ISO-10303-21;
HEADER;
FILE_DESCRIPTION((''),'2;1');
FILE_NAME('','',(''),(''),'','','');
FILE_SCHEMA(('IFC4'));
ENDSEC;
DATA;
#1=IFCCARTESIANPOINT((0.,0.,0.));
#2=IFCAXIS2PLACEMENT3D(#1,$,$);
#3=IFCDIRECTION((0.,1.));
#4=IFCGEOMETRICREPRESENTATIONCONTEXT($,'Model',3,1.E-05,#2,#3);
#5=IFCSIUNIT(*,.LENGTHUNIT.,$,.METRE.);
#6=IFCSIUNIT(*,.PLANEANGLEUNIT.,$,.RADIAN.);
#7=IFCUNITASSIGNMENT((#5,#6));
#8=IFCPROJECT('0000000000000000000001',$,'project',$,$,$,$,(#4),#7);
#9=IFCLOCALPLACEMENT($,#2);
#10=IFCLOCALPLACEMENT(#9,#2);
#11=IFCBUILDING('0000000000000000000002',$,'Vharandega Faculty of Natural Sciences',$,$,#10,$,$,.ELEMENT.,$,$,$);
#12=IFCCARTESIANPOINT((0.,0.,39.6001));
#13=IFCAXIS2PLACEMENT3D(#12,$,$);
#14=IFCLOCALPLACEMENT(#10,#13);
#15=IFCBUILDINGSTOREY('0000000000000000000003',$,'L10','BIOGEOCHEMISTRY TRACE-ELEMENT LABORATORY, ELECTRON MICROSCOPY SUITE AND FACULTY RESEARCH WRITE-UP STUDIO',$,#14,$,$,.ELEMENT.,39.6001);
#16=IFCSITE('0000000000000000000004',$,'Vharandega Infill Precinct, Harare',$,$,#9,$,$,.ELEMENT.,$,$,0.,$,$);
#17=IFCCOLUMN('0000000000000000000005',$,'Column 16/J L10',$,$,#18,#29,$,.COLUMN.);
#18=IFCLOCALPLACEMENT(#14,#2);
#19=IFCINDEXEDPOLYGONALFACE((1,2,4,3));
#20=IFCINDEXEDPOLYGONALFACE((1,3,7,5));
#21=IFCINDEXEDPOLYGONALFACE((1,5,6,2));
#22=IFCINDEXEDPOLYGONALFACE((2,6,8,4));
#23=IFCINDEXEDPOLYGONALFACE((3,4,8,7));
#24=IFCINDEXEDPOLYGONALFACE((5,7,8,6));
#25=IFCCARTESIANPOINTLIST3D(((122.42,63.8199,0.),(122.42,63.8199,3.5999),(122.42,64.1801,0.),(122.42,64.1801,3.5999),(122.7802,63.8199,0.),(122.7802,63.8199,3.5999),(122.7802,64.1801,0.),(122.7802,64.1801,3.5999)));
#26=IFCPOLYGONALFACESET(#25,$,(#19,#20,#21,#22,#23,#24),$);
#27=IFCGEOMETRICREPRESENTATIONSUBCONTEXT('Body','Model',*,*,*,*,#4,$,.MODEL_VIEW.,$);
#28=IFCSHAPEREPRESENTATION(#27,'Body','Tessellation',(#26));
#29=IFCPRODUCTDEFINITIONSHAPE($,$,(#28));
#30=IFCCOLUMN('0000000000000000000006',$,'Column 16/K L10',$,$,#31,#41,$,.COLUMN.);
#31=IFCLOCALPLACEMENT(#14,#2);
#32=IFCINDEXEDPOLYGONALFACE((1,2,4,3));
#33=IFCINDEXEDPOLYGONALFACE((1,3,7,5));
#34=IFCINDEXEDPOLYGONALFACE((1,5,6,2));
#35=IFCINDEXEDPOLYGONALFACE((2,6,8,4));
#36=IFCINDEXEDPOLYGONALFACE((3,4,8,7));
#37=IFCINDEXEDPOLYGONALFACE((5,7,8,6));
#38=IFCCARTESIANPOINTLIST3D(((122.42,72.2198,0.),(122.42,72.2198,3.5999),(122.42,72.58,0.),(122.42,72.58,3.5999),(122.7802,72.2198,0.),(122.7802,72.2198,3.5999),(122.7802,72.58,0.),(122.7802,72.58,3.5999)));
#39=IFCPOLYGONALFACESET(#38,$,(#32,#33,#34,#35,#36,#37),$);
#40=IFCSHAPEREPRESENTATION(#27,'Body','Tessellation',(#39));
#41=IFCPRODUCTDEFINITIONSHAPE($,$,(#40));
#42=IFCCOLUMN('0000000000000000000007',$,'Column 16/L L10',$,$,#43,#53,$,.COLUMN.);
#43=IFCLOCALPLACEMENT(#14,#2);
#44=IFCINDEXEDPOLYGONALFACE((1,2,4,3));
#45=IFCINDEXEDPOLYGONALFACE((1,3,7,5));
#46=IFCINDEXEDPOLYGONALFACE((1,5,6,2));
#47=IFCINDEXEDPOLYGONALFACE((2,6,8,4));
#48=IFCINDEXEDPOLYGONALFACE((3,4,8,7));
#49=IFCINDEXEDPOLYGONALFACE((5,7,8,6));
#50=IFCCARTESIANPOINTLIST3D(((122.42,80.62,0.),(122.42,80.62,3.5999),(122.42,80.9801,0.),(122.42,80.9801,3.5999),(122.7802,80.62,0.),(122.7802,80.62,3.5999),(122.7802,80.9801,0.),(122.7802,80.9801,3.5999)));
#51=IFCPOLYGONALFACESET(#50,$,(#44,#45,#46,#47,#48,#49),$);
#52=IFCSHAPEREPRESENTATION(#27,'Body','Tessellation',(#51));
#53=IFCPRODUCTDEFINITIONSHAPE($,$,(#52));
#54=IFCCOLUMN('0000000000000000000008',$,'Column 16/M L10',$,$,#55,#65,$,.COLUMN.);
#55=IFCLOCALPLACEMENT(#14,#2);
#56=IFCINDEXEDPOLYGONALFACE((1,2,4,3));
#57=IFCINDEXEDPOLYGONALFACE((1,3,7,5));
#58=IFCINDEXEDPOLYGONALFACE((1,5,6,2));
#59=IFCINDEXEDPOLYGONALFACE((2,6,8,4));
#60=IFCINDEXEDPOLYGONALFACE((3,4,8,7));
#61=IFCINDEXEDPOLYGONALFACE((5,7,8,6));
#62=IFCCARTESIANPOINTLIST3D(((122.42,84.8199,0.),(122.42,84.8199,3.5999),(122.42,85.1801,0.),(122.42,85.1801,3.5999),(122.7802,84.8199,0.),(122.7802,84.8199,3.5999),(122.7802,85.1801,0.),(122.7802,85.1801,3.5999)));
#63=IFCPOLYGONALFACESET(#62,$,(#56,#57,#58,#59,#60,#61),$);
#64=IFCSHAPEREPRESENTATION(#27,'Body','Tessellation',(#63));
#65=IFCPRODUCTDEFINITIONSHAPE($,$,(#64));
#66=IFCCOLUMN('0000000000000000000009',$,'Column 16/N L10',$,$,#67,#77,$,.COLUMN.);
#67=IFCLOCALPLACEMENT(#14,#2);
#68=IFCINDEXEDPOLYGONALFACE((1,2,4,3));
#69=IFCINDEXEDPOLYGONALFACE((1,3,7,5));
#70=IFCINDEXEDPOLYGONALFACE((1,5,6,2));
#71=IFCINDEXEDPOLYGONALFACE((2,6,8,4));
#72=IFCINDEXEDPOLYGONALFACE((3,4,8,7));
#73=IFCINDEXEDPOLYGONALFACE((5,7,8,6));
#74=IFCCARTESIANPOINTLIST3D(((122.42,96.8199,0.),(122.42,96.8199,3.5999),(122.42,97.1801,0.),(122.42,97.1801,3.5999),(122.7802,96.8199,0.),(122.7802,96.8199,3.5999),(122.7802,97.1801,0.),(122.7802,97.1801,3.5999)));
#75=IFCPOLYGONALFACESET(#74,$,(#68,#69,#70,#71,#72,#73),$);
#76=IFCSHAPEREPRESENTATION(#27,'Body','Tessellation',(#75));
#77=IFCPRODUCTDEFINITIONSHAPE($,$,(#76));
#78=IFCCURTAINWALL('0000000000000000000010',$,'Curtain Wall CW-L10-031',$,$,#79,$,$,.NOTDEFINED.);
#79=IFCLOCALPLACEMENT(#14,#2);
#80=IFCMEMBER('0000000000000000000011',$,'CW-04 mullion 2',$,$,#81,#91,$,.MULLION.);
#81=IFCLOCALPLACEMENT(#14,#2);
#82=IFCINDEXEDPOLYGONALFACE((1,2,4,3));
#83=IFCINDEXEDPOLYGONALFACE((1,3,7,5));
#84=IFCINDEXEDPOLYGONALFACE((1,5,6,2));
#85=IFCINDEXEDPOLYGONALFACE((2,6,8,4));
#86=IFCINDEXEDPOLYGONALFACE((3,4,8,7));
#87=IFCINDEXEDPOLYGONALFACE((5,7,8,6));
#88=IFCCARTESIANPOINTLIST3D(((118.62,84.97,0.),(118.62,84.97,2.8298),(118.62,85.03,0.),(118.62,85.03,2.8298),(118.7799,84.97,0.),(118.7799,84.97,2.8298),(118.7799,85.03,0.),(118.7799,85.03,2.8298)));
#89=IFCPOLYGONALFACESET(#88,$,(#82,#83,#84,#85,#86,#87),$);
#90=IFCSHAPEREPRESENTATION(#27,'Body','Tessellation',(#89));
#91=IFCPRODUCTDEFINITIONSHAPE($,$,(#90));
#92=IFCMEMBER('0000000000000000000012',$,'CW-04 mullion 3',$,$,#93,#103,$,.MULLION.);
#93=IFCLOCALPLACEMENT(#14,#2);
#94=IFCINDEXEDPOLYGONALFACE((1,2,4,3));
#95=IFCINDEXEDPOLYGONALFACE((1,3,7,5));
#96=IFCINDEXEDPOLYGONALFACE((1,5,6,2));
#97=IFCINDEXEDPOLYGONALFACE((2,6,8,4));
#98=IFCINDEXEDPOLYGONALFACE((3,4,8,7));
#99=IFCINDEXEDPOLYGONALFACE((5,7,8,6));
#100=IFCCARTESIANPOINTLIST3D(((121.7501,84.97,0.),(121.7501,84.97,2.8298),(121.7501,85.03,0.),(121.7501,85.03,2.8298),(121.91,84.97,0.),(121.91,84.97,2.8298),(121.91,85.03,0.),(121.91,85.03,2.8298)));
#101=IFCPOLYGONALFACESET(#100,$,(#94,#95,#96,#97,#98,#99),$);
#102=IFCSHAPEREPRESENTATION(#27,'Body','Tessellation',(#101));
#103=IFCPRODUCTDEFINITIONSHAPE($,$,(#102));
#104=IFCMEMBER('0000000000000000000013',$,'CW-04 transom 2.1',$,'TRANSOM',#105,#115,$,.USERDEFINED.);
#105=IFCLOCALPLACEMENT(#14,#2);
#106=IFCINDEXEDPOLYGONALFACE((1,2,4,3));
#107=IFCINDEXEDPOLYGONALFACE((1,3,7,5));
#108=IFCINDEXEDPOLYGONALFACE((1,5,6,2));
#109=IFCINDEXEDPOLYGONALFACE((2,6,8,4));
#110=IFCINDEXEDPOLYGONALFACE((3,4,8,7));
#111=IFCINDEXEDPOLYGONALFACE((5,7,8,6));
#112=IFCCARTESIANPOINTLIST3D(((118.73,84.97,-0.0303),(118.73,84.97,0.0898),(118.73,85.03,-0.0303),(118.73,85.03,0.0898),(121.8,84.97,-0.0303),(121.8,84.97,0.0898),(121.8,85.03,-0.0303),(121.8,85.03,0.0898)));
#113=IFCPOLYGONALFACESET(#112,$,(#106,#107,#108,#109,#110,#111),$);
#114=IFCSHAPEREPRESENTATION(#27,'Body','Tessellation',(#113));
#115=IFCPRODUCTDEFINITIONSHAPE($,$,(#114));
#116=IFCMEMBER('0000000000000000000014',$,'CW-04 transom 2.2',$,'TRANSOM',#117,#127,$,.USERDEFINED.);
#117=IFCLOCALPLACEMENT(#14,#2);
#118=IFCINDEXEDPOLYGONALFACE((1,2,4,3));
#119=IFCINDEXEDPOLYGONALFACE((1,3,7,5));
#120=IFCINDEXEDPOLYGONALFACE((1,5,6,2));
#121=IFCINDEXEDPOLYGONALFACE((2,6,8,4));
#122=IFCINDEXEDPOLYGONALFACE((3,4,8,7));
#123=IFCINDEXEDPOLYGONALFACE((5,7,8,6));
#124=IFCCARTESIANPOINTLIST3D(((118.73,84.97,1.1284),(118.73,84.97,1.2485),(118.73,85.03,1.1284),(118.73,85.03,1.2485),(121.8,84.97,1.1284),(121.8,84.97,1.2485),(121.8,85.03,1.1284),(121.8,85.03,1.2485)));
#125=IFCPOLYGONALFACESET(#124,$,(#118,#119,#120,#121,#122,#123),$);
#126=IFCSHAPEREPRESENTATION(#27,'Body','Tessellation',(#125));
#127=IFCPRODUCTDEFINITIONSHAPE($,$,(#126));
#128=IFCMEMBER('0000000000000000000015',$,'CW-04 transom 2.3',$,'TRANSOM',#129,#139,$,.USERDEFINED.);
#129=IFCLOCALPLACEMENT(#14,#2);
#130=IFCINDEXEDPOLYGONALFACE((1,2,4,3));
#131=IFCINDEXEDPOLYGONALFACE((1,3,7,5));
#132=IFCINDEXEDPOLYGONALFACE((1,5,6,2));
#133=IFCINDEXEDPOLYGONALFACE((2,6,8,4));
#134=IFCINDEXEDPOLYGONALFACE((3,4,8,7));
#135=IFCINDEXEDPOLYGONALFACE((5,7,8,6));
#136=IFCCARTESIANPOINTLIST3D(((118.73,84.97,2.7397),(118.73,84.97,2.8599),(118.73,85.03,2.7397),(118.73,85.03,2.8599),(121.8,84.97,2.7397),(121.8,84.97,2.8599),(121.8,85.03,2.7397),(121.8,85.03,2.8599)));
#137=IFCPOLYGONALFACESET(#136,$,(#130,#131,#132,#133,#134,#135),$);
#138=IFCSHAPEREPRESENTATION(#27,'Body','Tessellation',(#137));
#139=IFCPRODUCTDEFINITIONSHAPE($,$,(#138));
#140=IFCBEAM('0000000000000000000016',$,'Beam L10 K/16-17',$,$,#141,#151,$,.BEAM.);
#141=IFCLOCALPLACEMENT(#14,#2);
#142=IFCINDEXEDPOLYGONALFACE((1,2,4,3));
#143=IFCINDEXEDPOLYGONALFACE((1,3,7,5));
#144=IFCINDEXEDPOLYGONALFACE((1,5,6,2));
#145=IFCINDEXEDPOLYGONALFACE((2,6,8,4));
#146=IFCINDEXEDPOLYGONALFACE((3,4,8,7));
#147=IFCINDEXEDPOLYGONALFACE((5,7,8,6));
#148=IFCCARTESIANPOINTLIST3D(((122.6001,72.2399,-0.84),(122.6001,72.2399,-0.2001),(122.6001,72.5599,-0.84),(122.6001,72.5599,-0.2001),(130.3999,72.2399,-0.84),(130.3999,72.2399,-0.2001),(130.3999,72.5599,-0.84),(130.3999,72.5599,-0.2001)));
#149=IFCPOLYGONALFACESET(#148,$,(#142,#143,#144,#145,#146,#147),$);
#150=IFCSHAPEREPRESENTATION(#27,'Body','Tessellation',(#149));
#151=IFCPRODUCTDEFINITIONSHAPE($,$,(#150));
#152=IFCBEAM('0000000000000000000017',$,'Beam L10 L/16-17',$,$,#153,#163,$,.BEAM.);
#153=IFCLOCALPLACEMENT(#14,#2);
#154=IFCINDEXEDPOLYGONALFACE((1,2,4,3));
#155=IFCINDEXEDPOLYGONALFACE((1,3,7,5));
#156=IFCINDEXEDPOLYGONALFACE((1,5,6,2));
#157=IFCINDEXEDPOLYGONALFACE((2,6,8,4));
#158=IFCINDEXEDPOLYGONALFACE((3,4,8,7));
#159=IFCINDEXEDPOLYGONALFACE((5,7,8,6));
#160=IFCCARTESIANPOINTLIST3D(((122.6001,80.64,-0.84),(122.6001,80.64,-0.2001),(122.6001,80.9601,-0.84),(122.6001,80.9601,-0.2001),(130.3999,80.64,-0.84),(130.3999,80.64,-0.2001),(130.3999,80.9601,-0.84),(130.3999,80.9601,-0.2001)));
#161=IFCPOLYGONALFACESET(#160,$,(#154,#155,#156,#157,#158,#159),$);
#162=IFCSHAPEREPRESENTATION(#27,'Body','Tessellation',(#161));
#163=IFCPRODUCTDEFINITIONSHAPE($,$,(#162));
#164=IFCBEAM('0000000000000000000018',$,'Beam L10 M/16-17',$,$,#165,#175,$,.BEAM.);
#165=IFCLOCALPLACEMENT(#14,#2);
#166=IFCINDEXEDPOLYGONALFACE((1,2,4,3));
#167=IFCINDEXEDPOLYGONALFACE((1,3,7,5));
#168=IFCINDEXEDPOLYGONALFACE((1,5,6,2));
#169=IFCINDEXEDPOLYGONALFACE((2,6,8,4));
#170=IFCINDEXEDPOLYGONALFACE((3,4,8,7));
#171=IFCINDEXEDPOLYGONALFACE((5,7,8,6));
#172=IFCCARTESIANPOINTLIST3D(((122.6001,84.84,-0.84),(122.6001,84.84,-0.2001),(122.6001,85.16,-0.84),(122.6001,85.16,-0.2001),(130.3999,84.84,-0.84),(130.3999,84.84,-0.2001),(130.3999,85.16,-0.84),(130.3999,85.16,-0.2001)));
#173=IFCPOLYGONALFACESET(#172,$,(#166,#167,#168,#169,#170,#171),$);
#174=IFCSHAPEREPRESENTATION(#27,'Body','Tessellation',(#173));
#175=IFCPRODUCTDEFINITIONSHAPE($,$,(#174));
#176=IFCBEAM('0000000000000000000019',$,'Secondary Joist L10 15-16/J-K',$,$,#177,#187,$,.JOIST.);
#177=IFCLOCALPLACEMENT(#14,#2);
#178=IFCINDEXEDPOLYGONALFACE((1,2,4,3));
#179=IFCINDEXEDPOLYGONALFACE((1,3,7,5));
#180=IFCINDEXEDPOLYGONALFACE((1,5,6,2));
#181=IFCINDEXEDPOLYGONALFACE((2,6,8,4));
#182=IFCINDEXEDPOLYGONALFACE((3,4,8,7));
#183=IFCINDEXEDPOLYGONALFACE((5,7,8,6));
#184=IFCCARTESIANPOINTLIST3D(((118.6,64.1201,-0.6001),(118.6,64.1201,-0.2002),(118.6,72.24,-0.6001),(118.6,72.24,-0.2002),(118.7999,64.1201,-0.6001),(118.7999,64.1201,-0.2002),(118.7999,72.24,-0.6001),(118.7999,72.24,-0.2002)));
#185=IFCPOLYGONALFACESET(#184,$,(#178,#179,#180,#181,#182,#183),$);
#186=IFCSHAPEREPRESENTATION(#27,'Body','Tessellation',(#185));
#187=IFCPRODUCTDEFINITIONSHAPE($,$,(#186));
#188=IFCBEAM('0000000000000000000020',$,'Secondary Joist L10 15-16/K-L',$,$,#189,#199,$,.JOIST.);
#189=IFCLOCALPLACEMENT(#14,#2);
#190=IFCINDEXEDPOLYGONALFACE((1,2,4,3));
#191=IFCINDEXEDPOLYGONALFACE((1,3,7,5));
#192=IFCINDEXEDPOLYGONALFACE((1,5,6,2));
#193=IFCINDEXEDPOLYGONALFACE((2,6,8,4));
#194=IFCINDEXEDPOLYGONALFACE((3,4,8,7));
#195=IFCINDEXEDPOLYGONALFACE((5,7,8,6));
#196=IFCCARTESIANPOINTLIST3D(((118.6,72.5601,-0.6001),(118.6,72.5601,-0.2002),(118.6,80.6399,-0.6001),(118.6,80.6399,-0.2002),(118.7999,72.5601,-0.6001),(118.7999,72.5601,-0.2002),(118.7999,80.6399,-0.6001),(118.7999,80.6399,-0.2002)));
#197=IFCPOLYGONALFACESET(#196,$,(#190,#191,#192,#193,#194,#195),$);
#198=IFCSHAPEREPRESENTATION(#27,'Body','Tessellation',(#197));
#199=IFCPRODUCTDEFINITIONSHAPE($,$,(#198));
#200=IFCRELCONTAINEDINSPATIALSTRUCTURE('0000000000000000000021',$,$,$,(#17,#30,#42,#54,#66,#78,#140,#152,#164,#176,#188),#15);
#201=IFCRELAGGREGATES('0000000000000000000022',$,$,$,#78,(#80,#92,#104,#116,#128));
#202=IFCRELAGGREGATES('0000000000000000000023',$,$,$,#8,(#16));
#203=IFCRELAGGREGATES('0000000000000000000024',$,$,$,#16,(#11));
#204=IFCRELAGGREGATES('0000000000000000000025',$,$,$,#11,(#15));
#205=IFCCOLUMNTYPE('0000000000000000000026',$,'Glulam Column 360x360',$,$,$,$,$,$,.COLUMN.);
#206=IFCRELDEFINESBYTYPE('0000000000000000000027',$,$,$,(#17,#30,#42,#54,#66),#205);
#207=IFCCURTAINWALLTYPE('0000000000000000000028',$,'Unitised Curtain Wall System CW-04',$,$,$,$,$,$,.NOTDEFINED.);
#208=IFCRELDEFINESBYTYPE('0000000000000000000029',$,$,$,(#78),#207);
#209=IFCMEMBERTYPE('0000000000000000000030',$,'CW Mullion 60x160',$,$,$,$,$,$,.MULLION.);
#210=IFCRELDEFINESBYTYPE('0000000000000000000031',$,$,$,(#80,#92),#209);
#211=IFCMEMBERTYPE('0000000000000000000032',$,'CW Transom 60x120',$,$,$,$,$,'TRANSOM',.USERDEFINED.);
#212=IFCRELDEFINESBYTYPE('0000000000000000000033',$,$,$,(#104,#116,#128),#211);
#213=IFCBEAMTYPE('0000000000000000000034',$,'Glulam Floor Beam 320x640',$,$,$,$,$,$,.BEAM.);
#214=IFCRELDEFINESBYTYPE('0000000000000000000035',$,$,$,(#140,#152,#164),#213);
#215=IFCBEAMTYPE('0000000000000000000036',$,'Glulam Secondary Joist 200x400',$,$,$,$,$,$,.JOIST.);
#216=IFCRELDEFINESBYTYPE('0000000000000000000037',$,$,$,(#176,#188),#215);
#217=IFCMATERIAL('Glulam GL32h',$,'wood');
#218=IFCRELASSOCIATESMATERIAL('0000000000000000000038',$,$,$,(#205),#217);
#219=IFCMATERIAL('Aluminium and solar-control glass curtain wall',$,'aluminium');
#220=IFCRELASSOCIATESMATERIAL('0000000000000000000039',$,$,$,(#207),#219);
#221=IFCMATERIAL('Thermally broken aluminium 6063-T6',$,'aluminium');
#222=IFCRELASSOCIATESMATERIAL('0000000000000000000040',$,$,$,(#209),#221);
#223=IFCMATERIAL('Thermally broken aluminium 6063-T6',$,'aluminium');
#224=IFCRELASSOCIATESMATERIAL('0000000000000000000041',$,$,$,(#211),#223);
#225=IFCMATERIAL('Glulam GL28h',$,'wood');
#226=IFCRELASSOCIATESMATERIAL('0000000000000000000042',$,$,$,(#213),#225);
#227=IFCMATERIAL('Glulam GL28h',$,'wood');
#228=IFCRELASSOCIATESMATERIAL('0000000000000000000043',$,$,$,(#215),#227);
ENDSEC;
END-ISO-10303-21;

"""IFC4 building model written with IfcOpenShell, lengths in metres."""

from ifc_helpers import new_model, si_unit, direction, frame, origin, origin_2d, place, context, subcontext, project, spatial, rectangle, extrude, material, material_profile, profile_set, type_object, element, aggregate, save


model = new_model("IFC4")

# Units and contexts
model_context = context("Model", 3, precision=1e-05, world=origin(), true_north=direction((0.0, 1.0)))
body_context = subcontext(model_context, "Body", "Model", "MODEL_VIEW")
ifc_project = project(units=[si_unit("LENGTHUNIT", "METRE"), si_unit("PLANEANGLEUNIT", "RADIAN")], contexts=[model_context])

# Site, building, storey
site_placement = place(None, origin())
site = spatial("IfcSite", under=ifc_project, at=site_placement, Name="Vharandega Infill Precinct, Harare", CompositionType="ELEMENT", RefElevation=0.0)
building_placement = place(site_placement, origin())
building = spatial("IfcBuilding", under=site, at=building_placement, Name="Vharandega Faculty of Natural Sciences", CompositionType="ELEMENT")
storey_placement = place(building_placement, frame((0.0, 0.0, 39.6001)))
storey = spatial("IfcBuildingStorey", under=building, at=storey_placement, Name="L10", Description="BIOGEOCHEMISTRY TRACE-ELEMENT LABORATORY, ELECTRON MICROSCOPY SUITE AND FACULTY RESEARCH WRITE-UP STUDIO", CompositionType="ELEMENT", Elevation=39.6001)

# Columns
ifc_material_1 = material(Name="Glulam GL32h", Category="wood")
ifc_material_profile_1 = material_profile(ifc_material_1, rectangle(XDim=0.3601, YDim=0.3601, at=origin_2d()), Name="GL32h 360x360")
ifc_profile_set_1 = profile_set([ifc_material_profile_1], Name="Glulam GL32h")
column_type = type_object("IfcColumnType", Name="Glulam Column 360x360", PredefinedType="COLUMN", material=ifc_profile_set_1)
for number, where, z_axis, x_axis, name in (
    (1, (122.6001, 64.0, 0.0), (0.0, 0.0, 1.0), (1.0, 0.0, 0.0), "Column 16/J L10"),
    (2, (122.6001, 72.3999, 0.0), (0.0, 0.0, 1.0), (1.0, 0.0, 0.0), "Column 16/K L10"),
    (3, (122.6001, 80.8, 0.0), (0.0, 0.0, 1.0), (1.0, 0.0, 0.0), "Column 16/L L10"),
    (4, (122.6001, 85.0, 0.0), (0.0, 0.0, 1.0), (1.0, 0.0, 0.0), "Column 16/M L10"),
    (5, (122.6001, 97.0, 0.0), (0.0, 0.0, 1.0), (1.0, 0.0, 0.0), "Column 16/N L10"),
):
    element("IfcColumn", number, at=place(storey_placement, frame(where, z_axis=z_axis, x_axis=x_axis)), inside=storey, type_object=column_type, Name=name, PredefinedType="COLUMN", context=body_context, shape_type="SweptSolid", body=[
        extrude(rectangle(XDim=0.3601, YDim=0.3601, at=origin_2d()), origin(), (0.0, 0.0, 1.0), 3.5999),
    ])

# Curtain wall, members
ifc_material_2 = material(Name="Aluminium and solar-control glass curtain wall", Category="aluminium")
curtain_wall_type = type_object("IfcCurtainWallType", Name="Unitised Curtain Wall System CW-04", PredefinedType="NOTDEFINED", material=ifc_material_2)
curtain_wall_placement = place(storey_placement, origin())
curtain_wall = element("IfcCurtainWall", 6, at=curtain_wall_placement, inside=storey, type_object=curtain_wall_type, Name="Curtain Wall CW-L10-031", PredefinedType="NOTDEFINED")
ifc_material_3 = material(Name="Thermally broken aluminium 6063-T6", Category="aluminium")
ifc_material_profile_2 = material_profile(ifc_material_3, rectangle(XDim=0.0601, YDim=0.1599, at=origin_2d()), Name="ALU 60x160")
ifc_profile_set_2 = profile_set([ifc_material_profile_2], Name="Thermally broken aluminium 6063-T6")
member_type_1 = type_object("IfcMemberType", Name="CW Mullion 60x160", PredefinedType="MULLION", material=ifc_profile_set_2)
member_1_placement = place(storey_placement, frame((118.7, 85.0, 0.0), z_axis=(0.0, 0.0, 1.0), x_axis=(0.0, 1.0, 0.0)))
member_1 = element("IfcMember", 7, at=member_1_placement, type_object=member_type_1, Name="CW-04 mullion 2", PredefinedType="MULLION", context=body_context, shape_type="SweptSolid", body=[
    extrude(rectangle(XDim=0.0601, YDim=0.1599, at=origin_2d()), origin(), (0.0, 0.0, 1.0), 2.8298),
])
member_2_placement = place(storey_placement, frame((121.8301, 85.0, 0.0), z_axis=(0.0, 0.0, 1.0), x_axis=(0.0, 1.0, 0.0)))
member_2 = element("IfcMember", 8, at=member_2_placement, type_object=member_type_1, Name="CW-04 mullion 3", PredefinedType="MULLION", context=body_context, shape_type="SweptSolid", body=[
    extrude(rectangle(XDim=0.0601, YDim=0.1599, at=origin_2d()), origin(), (0.0, 0.0, 1.0), 2.8298),
])
ifc_material_4 = material(Name="Thermally broken aluminium 6063-T6", Category="aluminium")
ifc_material_profile_3 = material_profile(ifc_material_4, rectangle(XDim=0.0601, YDim=0.1201, at=origin_2d()), Name="ALU 60x120")
ifc_profile_set_3 = profile_set([ifc_material_profile_3], Name="Thermally broken aluminium 6063-T6")
member_type_2 = type_object("IfcMemberType", Name="CW Transom 60x120", ElementType="TRANSOM", PredefinedType="USERDEFINED", material=ifc_profile_set_3)
member_3_placement = place(storey_placement, frame((118.73, 85.0, 0.0298), z_axis=(1.0, 0.0, 0.0), x_axis=(0.0, 1.0, 0.0)))
member_3 = element("IfcMember", 9, at=member_3_placement, type_object=member_type_2, Name="CW-04 transom 2.1", ObjectType="TRANSOM", PredefinedType="USERDEFINED", context=body_context, shape_type="SweptSolid", body=[
    extrude(rectangle(XDim=0.0601, YDim=0.1201, at=origin_2d()), origin(), (0.0, 0.0, 1.0), 3.0701),
])
member_4_placement = place(storey_placement, frame((118.73, 85.0, 1.1885), z_axis=(1.0, 0.0, 0.0), x_axis=(0.0, 1.0, 0.0)))
member_4 = element("IfcMember", 10, at=member_4_placement, type_object=member_type_2, Name="CW-04 transom 2.2", ObjectType="TRANSOM", PredefinedType="USERDEFINED", context=body_context, shape_type="SweptSolid", body=[
    extrude(rectangle(XDim=0.0601, YDim=0.1201, at=origin_2d()), origin(), (0.0, 0.0, 1.0), 3.0701),
])
member_5_placement = place(storey_placement, frame((118.73, 85.0, 2.7998), z_axis=(1.0, 0.0, 0.0), x_axis=(0.0, 1.0, 0.0)))
member_5 = element("IfcMember", 11, at=member_5_placement, type_object=member_type_2, Name="CW-04 transom 2.3", ObjectType="TRANSOM", PredefinedType="USERDEFINED", context=body_context, shape_type="SweptSolid", body=[
    extrude(rectangle(XDim=0.0601, YDim=0.1201, at=origin_2d()), origin(), (0.0, 0.0, 1.0), 3.0701),
])

# Beams
ifc_material_5 = material(Name="Glulam GL28h", Category="wood")
ifc_material_profile_4 = material_profile(ifc_material_5, rectangle(XDim=0.3201, YDim=0.6399, at=origin_2d()), Name="GL28h 320x640")
ifc_profile_set_4 = profile_set([ifc_material_profile_4], Name="Glulam GL28h")
beam_type_1 = type_object("IfcBeamType", Name="Glulam Floor Beam 320x640", PredefinedType="BEAM", material=ifc_profile_set_4)
for number, where, z_axis, x_axis, name in (
    (12, (122.6001, 72.3999, -0.52), (1.0, 0.0, 0.0), (0.0, 1.0, 0.0), "Beam L10 K/16-17"),
    (13, (122.6001, 80.8, -0.52), (1.0, 0.0, 0.0), (0.0, 1.0, 0.0), "Beam L10 L/16-17"),
    (14, (122.6001, 85.0, -0.52), (1.0, 0.0, 0.0), (0.0, 1.0, 0.0), "Beam L10 M/16-17"),
):
    element("IfcBeam", number, at=place(storey_placement, frame(where, z_axis=z_axis, x_axis=x_axis)), inside=storey, type_object=beam_type_1, Name=name, PredefinedType="BEAM", context=body_context, shape_type="SweptSolid", body=[
        extrude(rectangle(XDim=0.3201, YDim=0.6399, at=origin_2d()), origin(), (0.0, 0.0, 1.0), 7.7998),
    ])
ifc_material_6 = material(Name="Glulam GL28h", Category="wood")
ifc_material_profile_5 = material_profile(ifc_material_6, rectangle(XDim=0.2, YDim=0.3999, at=origin_2d()), Name="GL28h 200x400")
ifc_profile_set_5 = profile_set([ifc_material_profile_5], Name="Glulam GL28h")
beam_type_2 = type_object("IfcBeamType", Name="Glulam Secondary Joist 200x400", PredefinedType="JOIST", material=ifc_profile_set_5)
beam_1_placement = place(storey_placement, frame((118.7, 64.1201, -0.4001), z_axis=(0.0, 1.0, 0.0), x_axis=(-1.0, 0.0, 0.0)))
element("IfcBeam", 15, at=beam_1_placement, inside=storey, type_object=beam_type_2, Name="Secondary Joist L10 15-16/J-K", PredefinedType="JOIST", context=body_context, shape_type="SweptSolid", body=[
    extrude(rectangle(XDim=0.2, YDim=0.3999, at=origin_2d()), origin(), (0.0, 0.0, 1.0), 8.1199),
])
beam_2_placement = place(storey_placement, frame((118.7, 72.5601, -0.4001), z_axis=(0.0, 1.0, 0.0), x_axis=(-1.0, 0.0, 0.0)))
element("IfcBeam", 16, at=beam_2_placement, inside=storey, type_object=beam_type_2, Name="Secondary Joist L10 15-16/K-L", PredefinedType="JOIST", context=body_context, shape_type="SweptSolid", body=[
    extrude(rectangle(XDim=0.2, YDim=0.3999, at=origin_2d()), origin(), (0.0, 0.0, 1.0), 8.0798),
])

aggregate(curtain_wall, [member_1, member_2, member_3, member_4, member_5])

save(model, "model.ifc")
